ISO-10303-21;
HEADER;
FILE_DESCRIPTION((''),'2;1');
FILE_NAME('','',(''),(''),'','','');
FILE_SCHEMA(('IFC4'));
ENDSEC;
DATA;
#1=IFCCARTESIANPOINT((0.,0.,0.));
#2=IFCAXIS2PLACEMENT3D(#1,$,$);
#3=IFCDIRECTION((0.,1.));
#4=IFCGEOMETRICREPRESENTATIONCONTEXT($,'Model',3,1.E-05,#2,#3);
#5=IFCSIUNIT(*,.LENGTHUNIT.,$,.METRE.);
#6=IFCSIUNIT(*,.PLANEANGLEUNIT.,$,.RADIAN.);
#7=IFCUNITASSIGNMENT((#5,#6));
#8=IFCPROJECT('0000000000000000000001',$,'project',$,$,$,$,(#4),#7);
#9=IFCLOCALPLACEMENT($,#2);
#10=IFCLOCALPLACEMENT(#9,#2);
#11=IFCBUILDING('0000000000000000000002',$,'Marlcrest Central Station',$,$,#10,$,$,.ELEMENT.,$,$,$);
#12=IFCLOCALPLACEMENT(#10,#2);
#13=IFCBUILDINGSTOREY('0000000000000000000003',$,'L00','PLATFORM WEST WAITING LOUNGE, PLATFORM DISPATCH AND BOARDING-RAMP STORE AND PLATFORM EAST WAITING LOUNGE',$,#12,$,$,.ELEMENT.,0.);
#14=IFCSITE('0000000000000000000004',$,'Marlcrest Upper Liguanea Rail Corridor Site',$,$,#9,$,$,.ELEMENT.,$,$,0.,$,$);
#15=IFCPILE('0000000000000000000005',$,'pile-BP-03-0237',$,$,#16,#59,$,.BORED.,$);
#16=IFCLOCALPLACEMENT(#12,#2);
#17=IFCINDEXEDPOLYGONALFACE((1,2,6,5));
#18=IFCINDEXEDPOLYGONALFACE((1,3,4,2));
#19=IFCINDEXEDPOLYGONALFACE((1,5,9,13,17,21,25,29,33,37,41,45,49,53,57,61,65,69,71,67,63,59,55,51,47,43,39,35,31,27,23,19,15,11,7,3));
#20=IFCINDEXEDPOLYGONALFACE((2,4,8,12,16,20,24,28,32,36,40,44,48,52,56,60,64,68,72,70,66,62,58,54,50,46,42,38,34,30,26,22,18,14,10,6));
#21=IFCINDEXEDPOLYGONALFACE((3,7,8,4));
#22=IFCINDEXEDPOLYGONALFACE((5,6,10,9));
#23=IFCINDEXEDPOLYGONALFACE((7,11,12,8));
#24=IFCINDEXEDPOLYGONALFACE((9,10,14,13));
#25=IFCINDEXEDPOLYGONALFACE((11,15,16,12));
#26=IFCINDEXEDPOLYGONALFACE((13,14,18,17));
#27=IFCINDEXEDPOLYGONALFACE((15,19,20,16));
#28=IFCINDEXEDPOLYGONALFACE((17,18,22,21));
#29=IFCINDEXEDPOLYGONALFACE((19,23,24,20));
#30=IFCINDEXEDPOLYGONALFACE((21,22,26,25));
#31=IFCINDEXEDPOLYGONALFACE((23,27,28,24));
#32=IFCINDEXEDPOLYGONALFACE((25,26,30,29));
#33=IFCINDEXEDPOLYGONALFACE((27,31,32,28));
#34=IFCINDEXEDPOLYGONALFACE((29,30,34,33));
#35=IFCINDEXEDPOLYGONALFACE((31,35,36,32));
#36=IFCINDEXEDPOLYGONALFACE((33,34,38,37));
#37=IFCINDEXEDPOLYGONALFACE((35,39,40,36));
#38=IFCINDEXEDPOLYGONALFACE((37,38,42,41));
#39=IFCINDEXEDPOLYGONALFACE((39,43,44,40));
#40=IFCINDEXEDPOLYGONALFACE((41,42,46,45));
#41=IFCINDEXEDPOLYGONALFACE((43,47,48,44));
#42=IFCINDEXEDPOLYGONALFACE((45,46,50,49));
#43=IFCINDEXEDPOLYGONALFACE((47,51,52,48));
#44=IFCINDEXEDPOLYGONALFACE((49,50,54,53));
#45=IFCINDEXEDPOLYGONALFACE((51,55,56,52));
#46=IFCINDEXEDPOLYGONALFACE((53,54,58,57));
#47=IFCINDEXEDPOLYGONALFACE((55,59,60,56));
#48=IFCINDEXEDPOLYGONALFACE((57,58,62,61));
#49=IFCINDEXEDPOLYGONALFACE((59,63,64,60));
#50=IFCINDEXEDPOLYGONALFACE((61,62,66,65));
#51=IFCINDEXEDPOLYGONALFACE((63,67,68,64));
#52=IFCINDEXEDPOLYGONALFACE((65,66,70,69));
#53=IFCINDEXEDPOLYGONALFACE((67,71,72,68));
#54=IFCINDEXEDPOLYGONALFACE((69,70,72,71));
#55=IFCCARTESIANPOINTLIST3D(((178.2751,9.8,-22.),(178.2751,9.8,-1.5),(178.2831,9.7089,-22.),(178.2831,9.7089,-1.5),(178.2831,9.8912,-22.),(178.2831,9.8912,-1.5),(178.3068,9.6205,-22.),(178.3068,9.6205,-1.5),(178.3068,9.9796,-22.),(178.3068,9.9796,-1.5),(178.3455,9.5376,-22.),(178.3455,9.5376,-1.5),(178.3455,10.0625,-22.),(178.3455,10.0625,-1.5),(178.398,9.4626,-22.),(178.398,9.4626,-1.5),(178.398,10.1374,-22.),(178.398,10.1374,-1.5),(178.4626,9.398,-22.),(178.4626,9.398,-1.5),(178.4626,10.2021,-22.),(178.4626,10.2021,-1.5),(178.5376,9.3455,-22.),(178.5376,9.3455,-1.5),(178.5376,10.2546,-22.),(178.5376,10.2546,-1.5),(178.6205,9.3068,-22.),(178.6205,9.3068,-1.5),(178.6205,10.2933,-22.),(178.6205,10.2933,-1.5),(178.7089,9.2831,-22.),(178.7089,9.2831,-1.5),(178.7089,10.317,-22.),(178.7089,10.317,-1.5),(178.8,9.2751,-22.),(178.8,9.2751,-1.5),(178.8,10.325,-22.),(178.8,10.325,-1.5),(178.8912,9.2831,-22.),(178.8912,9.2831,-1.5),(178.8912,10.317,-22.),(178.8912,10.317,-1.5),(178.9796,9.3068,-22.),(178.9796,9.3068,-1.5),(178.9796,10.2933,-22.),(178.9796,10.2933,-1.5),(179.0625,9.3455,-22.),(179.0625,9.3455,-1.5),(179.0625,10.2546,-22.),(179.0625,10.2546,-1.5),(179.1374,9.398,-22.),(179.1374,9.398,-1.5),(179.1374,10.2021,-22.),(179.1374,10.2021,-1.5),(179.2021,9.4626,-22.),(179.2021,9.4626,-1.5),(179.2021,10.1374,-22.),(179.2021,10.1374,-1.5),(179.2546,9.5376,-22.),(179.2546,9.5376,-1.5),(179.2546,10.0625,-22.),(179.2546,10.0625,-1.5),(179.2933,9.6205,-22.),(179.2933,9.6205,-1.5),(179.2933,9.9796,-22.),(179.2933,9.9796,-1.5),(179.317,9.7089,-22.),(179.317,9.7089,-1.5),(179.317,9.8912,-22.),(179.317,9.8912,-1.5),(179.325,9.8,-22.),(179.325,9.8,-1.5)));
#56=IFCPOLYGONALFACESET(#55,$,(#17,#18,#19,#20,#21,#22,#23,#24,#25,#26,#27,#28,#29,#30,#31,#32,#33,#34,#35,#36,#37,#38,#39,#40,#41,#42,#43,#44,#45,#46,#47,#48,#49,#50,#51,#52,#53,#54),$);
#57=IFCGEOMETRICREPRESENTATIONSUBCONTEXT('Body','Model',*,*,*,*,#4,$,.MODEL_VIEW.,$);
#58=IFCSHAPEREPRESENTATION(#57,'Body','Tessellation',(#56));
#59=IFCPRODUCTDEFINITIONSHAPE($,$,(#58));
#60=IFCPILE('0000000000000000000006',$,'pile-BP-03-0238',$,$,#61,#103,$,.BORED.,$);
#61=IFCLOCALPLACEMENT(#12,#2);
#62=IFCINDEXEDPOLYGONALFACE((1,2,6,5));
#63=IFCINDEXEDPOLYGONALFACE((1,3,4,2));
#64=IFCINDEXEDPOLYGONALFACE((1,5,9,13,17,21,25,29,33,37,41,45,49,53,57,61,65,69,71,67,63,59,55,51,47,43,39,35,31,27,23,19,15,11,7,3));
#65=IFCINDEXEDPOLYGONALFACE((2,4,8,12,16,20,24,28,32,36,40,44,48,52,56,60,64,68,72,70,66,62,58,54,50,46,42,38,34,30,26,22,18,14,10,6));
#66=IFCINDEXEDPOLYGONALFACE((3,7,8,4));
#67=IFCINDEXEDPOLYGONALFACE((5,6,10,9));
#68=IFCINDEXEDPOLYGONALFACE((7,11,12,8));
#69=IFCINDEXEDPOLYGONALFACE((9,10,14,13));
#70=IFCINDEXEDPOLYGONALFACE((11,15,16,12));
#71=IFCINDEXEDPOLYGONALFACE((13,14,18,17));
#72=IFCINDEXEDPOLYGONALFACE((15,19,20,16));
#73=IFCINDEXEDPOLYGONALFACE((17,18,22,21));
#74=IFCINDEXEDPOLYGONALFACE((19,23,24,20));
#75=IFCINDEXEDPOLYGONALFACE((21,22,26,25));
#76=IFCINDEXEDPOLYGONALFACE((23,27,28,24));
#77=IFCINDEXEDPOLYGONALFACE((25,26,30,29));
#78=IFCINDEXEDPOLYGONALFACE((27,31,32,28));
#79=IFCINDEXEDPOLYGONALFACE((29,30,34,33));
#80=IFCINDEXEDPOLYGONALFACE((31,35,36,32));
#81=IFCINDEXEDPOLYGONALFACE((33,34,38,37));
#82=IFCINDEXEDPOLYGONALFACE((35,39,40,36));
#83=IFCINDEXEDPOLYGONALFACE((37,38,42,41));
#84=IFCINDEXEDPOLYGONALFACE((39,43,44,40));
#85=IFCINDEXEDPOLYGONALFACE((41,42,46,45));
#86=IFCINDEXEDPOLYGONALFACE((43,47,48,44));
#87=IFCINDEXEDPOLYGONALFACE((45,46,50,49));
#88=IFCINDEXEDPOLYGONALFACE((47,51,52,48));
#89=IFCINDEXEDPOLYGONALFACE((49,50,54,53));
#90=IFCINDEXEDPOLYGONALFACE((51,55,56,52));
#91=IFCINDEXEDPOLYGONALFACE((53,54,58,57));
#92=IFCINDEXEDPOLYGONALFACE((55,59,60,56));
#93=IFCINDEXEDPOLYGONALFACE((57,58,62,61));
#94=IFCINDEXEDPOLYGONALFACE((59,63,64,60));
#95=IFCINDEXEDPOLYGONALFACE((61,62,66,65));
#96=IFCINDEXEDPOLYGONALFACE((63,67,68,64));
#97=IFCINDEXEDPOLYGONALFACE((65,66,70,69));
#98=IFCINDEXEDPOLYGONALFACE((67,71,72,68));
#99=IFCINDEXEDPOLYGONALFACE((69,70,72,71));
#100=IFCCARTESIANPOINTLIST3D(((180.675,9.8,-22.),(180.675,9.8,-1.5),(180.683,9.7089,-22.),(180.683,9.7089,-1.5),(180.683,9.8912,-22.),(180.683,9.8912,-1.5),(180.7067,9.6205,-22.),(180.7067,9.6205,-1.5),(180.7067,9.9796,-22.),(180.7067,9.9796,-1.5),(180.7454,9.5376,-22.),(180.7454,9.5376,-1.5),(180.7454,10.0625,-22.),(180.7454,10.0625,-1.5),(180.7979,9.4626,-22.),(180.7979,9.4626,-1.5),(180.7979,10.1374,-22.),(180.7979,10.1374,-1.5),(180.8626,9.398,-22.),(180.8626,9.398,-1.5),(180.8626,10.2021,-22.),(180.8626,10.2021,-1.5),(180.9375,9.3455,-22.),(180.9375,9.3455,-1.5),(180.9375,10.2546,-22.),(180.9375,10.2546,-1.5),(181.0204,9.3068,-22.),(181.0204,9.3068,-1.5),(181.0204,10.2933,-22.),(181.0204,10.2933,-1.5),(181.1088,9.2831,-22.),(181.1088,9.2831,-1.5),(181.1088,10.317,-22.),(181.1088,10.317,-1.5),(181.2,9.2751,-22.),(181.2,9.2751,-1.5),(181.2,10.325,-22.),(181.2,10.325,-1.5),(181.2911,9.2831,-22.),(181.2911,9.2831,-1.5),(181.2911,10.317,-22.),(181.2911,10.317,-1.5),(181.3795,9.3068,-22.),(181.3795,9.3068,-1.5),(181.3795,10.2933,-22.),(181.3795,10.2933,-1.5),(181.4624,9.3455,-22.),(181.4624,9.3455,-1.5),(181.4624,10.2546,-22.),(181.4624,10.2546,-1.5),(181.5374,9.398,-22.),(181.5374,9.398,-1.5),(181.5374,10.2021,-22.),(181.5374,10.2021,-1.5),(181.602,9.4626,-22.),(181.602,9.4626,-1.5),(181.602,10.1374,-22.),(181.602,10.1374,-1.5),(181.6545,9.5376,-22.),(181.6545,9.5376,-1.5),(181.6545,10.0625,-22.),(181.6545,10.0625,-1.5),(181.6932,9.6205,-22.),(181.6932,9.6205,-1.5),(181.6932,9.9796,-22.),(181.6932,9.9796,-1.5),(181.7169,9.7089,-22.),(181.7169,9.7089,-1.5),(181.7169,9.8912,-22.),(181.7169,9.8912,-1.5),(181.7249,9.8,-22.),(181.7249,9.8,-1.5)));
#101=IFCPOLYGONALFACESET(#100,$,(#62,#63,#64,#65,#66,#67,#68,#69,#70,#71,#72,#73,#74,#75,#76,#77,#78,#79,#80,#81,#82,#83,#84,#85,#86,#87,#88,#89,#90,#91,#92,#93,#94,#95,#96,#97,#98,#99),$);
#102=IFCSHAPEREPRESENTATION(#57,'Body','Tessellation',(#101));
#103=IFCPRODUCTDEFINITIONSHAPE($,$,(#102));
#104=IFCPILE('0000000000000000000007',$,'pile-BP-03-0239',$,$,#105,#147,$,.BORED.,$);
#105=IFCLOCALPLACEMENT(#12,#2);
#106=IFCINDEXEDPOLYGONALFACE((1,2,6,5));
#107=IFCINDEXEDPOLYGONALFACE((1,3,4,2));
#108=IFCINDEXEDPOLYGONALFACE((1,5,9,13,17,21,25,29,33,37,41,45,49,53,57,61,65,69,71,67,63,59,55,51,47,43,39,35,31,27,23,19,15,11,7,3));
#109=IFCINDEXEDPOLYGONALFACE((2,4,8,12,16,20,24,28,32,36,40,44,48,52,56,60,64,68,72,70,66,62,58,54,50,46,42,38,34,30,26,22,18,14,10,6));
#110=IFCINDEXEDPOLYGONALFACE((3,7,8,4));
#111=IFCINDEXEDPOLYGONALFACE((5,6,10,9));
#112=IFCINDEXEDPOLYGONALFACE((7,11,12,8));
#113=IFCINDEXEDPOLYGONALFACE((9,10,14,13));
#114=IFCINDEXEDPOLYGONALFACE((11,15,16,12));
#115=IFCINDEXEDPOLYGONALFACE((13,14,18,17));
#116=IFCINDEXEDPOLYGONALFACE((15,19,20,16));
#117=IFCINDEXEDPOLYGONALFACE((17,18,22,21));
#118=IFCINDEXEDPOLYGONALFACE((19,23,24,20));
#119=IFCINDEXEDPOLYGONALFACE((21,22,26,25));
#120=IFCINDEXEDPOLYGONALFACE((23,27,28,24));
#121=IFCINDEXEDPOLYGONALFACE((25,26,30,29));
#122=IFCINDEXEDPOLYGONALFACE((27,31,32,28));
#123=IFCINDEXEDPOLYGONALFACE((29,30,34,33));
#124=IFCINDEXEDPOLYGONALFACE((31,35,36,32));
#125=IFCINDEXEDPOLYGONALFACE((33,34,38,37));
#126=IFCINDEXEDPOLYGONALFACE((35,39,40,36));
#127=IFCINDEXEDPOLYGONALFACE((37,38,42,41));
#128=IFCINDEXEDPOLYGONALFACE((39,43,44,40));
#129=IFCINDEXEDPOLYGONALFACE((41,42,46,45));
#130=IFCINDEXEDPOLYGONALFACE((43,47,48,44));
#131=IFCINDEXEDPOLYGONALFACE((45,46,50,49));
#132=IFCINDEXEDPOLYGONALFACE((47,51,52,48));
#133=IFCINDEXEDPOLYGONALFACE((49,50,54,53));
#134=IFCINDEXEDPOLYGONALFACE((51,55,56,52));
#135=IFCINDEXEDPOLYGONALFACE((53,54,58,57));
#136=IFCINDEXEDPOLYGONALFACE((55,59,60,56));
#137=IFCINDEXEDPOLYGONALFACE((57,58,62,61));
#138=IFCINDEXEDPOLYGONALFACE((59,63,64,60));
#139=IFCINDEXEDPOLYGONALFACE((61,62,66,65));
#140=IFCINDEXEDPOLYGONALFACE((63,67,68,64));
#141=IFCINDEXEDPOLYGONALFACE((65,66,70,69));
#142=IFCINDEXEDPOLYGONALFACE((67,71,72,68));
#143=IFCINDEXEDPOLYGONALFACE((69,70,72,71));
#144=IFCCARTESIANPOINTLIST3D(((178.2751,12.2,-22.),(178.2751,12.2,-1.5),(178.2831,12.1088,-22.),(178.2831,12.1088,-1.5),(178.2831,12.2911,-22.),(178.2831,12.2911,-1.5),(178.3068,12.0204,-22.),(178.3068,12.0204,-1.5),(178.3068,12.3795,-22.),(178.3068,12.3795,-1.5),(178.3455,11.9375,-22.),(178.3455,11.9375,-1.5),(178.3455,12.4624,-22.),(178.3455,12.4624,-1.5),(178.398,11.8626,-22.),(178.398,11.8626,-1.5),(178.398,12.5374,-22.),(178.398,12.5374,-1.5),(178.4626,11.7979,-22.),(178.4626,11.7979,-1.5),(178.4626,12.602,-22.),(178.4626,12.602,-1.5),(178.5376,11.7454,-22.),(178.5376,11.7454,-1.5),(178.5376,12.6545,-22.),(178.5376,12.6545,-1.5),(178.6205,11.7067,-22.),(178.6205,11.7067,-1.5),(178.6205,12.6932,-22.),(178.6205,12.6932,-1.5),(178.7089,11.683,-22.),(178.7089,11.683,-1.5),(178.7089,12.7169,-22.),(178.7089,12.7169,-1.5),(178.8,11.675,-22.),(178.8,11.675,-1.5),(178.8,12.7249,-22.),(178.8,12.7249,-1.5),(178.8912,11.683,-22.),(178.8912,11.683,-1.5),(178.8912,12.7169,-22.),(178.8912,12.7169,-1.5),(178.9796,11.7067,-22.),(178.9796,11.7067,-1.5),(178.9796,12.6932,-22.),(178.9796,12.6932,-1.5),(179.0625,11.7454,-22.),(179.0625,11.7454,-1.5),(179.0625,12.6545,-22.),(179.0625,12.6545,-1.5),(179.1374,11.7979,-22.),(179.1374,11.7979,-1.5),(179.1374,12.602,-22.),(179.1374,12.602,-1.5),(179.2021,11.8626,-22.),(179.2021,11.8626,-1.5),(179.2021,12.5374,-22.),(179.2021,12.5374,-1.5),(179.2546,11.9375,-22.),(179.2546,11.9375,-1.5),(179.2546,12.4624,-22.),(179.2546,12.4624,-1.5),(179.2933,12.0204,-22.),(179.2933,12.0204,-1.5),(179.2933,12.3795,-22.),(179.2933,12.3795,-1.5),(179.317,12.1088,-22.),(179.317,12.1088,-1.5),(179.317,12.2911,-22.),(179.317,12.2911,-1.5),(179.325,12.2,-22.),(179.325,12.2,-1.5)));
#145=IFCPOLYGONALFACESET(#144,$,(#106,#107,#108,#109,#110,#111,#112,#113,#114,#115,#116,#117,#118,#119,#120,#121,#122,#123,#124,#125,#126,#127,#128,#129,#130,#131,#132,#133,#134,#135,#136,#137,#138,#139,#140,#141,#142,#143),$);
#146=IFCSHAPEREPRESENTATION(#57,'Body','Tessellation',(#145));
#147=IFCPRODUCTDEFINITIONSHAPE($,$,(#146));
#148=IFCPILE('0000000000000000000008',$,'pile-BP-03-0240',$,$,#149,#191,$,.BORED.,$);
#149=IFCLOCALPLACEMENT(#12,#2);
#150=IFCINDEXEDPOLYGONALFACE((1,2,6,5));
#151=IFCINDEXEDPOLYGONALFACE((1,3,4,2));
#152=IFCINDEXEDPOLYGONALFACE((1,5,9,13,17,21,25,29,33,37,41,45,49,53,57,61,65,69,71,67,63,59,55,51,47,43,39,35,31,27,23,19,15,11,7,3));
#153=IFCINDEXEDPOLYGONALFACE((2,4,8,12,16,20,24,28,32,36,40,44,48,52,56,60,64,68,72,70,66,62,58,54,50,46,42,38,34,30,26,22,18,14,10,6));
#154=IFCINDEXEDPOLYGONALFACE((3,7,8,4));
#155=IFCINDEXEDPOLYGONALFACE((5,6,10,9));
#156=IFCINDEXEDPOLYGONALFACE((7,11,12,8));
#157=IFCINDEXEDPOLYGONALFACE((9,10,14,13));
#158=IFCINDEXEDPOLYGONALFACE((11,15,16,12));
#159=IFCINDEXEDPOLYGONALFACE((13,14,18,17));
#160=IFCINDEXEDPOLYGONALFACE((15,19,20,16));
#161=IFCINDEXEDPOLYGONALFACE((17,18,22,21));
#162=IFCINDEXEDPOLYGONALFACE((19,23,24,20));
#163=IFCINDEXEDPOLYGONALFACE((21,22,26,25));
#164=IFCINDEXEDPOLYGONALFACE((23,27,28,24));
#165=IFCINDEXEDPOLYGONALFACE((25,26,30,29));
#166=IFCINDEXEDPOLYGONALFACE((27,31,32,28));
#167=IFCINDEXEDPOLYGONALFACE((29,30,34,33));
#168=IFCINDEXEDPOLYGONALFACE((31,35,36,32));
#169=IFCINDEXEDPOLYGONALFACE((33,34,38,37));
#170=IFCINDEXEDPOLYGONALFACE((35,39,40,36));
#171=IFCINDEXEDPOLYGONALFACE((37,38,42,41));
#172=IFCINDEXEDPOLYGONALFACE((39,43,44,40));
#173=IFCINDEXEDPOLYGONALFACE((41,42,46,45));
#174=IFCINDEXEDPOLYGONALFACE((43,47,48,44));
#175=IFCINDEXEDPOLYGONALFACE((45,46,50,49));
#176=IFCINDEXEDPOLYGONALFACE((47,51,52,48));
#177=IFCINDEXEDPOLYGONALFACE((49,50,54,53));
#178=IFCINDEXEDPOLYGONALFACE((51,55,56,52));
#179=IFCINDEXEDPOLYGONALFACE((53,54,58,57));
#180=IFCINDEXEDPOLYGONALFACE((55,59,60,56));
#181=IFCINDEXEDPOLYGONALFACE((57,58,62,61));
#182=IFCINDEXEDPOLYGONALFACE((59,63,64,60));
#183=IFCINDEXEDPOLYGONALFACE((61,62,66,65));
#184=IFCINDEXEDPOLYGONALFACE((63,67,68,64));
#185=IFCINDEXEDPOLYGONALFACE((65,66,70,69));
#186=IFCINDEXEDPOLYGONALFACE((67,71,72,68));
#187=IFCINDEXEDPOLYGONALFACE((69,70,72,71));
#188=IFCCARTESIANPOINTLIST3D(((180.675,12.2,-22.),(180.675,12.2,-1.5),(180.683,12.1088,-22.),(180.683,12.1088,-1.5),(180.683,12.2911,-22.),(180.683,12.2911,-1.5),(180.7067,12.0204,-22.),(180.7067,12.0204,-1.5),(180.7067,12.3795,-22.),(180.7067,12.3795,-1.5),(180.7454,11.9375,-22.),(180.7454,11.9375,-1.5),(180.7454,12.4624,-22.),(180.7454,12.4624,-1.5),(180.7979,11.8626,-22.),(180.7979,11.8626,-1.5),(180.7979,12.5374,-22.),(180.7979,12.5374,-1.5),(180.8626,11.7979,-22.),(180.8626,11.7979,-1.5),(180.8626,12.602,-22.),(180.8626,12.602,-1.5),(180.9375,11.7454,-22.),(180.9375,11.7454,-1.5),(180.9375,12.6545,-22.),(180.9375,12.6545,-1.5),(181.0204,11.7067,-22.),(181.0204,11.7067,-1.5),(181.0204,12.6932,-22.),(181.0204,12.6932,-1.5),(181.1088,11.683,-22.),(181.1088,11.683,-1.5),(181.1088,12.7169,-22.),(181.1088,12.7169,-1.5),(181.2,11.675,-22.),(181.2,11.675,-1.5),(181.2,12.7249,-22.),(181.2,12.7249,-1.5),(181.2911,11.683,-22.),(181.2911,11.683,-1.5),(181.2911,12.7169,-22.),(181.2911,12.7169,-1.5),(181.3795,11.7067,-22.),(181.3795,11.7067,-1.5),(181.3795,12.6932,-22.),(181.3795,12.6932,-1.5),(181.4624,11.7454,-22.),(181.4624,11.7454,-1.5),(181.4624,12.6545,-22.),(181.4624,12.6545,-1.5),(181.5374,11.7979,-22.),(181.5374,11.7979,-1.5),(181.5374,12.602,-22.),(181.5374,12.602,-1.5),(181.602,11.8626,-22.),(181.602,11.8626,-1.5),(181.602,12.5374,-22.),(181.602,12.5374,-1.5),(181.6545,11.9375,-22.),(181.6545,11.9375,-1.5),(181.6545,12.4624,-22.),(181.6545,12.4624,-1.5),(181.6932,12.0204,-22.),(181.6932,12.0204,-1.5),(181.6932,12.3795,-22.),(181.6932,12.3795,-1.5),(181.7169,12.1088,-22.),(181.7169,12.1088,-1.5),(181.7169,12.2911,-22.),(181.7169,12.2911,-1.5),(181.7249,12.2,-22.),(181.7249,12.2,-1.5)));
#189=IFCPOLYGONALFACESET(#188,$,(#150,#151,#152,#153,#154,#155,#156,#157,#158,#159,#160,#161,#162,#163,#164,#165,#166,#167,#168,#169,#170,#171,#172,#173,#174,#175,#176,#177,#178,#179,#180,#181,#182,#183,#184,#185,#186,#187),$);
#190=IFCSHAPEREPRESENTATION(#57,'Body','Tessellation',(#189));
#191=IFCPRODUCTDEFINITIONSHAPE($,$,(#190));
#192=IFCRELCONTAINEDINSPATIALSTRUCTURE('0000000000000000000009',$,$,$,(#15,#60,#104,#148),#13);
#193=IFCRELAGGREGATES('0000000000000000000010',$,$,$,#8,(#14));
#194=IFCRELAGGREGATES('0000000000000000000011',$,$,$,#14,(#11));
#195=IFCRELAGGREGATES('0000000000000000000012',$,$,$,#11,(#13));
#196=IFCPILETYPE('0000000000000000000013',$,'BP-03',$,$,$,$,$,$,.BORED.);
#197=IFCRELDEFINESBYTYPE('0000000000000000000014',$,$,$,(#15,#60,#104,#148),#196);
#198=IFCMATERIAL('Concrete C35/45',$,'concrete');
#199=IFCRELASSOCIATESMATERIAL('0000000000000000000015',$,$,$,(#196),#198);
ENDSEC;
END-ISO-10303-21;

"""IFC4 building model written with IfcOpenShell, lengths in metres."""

from ifc_helpers import new_model, si_unit, direction, frame, origin, origin_2d, place, context, subcontext, project, spatial, circle, extrude, material, material_profile, profile_set, type_object, element, save


model = new_model("IFC4")

# Units and contexts
model_context = context("Model", 3, precision=1e-05, world=origin(), true_north=direction((0.0, 1.0)))
body_context = subcontext(model_context, "Body", "Model", "MODEL_VIEW")
ifc_project = project(units=[si_unit("LENGTHUNIT", "METRE"), si_unit("PLANEANGLEUNIT", "RADIAN")], contexts=[model_context])

# Site, building, storey
site_placement = place(None, origin())
site = spatial("IfcSite", under=ifc_project, at=site_placement, Name="Marlcrest Upper Liguanea Rail Corridor Site", CompositionType="ELEMENT", RefElevation=0.0)
building_placement = place(site_placement, origin())
building = spatial("IfcBuilding", under=site, at=building_placement, Name="Marlcrest Central Station", CompositionType="ELEMENT")
storey_placement = place(building_placement, origin())
storey = spatial("IfcBuildingStorey", under=building, at=storey_placement, Name="L00", Description="PLATFORM WEST WAITING LOUNGE, PLATFORM DISPATCH AND BOARDING-RAMP STORE AND PLATFORM EAST WAITING LOUNGE", CompositionType="ELEMENT", Elevation=0.0)

# Piles
ifc_material_1 = material(Name="Concrete C35/45", Category="concrete")
ifc_material_profile_1 = material_profile(ifc_material_1, circle(Radius=0.5249, at=origin_2d()), Name="PILE D1050")
ifc_profile_set_1 = profile_set([ifc_material_profile_1], Name="Concrete C35/45")
pile_type = type_object("IfcPileType", Name="BP-03", PredefinedType="BORED", material=ifc_profile_set_1)
for number, where, z_axis, x_axis, name in (
    (1, (178.8, 9.8, -1.5), (0.0, 0.0, -1.0), (1.0, 0.0, 0.0), "pile-BP-03-0237"),
    (2, (181.2, 9.8, -1.5), (0.0, 0.0, -1.0), (1.0, 0.0, 0.0), "pile-BP-03-0238"),
    (3, (178.8, 12.2, -1.5), (0.0, 0.0, -1.0), (1.0, 0.0, 0.0), "pile-BP-03-0239"),
    (4, (181.2, 12.2, -1.5), (0.0, 0.0, -1.0), (1.0, 0.0, 0.0), "pile-BP-03-0240"),
):
    element("IfcPile", number, at=place(storey_placement, frame(where, z_axis=z_axis, x_axis=x_axis)), inside=storey, type_object=pile_type, Name=name, PredefinedType="BORED", context=body_context, shape_type="SweptSolid", body=[
        extrude(circle(Radius=0.5249, at=origin_2d()), origin(), (0.0, 0.0, 1.0), 20.5),
    ])

save(model, "model.ifc")
